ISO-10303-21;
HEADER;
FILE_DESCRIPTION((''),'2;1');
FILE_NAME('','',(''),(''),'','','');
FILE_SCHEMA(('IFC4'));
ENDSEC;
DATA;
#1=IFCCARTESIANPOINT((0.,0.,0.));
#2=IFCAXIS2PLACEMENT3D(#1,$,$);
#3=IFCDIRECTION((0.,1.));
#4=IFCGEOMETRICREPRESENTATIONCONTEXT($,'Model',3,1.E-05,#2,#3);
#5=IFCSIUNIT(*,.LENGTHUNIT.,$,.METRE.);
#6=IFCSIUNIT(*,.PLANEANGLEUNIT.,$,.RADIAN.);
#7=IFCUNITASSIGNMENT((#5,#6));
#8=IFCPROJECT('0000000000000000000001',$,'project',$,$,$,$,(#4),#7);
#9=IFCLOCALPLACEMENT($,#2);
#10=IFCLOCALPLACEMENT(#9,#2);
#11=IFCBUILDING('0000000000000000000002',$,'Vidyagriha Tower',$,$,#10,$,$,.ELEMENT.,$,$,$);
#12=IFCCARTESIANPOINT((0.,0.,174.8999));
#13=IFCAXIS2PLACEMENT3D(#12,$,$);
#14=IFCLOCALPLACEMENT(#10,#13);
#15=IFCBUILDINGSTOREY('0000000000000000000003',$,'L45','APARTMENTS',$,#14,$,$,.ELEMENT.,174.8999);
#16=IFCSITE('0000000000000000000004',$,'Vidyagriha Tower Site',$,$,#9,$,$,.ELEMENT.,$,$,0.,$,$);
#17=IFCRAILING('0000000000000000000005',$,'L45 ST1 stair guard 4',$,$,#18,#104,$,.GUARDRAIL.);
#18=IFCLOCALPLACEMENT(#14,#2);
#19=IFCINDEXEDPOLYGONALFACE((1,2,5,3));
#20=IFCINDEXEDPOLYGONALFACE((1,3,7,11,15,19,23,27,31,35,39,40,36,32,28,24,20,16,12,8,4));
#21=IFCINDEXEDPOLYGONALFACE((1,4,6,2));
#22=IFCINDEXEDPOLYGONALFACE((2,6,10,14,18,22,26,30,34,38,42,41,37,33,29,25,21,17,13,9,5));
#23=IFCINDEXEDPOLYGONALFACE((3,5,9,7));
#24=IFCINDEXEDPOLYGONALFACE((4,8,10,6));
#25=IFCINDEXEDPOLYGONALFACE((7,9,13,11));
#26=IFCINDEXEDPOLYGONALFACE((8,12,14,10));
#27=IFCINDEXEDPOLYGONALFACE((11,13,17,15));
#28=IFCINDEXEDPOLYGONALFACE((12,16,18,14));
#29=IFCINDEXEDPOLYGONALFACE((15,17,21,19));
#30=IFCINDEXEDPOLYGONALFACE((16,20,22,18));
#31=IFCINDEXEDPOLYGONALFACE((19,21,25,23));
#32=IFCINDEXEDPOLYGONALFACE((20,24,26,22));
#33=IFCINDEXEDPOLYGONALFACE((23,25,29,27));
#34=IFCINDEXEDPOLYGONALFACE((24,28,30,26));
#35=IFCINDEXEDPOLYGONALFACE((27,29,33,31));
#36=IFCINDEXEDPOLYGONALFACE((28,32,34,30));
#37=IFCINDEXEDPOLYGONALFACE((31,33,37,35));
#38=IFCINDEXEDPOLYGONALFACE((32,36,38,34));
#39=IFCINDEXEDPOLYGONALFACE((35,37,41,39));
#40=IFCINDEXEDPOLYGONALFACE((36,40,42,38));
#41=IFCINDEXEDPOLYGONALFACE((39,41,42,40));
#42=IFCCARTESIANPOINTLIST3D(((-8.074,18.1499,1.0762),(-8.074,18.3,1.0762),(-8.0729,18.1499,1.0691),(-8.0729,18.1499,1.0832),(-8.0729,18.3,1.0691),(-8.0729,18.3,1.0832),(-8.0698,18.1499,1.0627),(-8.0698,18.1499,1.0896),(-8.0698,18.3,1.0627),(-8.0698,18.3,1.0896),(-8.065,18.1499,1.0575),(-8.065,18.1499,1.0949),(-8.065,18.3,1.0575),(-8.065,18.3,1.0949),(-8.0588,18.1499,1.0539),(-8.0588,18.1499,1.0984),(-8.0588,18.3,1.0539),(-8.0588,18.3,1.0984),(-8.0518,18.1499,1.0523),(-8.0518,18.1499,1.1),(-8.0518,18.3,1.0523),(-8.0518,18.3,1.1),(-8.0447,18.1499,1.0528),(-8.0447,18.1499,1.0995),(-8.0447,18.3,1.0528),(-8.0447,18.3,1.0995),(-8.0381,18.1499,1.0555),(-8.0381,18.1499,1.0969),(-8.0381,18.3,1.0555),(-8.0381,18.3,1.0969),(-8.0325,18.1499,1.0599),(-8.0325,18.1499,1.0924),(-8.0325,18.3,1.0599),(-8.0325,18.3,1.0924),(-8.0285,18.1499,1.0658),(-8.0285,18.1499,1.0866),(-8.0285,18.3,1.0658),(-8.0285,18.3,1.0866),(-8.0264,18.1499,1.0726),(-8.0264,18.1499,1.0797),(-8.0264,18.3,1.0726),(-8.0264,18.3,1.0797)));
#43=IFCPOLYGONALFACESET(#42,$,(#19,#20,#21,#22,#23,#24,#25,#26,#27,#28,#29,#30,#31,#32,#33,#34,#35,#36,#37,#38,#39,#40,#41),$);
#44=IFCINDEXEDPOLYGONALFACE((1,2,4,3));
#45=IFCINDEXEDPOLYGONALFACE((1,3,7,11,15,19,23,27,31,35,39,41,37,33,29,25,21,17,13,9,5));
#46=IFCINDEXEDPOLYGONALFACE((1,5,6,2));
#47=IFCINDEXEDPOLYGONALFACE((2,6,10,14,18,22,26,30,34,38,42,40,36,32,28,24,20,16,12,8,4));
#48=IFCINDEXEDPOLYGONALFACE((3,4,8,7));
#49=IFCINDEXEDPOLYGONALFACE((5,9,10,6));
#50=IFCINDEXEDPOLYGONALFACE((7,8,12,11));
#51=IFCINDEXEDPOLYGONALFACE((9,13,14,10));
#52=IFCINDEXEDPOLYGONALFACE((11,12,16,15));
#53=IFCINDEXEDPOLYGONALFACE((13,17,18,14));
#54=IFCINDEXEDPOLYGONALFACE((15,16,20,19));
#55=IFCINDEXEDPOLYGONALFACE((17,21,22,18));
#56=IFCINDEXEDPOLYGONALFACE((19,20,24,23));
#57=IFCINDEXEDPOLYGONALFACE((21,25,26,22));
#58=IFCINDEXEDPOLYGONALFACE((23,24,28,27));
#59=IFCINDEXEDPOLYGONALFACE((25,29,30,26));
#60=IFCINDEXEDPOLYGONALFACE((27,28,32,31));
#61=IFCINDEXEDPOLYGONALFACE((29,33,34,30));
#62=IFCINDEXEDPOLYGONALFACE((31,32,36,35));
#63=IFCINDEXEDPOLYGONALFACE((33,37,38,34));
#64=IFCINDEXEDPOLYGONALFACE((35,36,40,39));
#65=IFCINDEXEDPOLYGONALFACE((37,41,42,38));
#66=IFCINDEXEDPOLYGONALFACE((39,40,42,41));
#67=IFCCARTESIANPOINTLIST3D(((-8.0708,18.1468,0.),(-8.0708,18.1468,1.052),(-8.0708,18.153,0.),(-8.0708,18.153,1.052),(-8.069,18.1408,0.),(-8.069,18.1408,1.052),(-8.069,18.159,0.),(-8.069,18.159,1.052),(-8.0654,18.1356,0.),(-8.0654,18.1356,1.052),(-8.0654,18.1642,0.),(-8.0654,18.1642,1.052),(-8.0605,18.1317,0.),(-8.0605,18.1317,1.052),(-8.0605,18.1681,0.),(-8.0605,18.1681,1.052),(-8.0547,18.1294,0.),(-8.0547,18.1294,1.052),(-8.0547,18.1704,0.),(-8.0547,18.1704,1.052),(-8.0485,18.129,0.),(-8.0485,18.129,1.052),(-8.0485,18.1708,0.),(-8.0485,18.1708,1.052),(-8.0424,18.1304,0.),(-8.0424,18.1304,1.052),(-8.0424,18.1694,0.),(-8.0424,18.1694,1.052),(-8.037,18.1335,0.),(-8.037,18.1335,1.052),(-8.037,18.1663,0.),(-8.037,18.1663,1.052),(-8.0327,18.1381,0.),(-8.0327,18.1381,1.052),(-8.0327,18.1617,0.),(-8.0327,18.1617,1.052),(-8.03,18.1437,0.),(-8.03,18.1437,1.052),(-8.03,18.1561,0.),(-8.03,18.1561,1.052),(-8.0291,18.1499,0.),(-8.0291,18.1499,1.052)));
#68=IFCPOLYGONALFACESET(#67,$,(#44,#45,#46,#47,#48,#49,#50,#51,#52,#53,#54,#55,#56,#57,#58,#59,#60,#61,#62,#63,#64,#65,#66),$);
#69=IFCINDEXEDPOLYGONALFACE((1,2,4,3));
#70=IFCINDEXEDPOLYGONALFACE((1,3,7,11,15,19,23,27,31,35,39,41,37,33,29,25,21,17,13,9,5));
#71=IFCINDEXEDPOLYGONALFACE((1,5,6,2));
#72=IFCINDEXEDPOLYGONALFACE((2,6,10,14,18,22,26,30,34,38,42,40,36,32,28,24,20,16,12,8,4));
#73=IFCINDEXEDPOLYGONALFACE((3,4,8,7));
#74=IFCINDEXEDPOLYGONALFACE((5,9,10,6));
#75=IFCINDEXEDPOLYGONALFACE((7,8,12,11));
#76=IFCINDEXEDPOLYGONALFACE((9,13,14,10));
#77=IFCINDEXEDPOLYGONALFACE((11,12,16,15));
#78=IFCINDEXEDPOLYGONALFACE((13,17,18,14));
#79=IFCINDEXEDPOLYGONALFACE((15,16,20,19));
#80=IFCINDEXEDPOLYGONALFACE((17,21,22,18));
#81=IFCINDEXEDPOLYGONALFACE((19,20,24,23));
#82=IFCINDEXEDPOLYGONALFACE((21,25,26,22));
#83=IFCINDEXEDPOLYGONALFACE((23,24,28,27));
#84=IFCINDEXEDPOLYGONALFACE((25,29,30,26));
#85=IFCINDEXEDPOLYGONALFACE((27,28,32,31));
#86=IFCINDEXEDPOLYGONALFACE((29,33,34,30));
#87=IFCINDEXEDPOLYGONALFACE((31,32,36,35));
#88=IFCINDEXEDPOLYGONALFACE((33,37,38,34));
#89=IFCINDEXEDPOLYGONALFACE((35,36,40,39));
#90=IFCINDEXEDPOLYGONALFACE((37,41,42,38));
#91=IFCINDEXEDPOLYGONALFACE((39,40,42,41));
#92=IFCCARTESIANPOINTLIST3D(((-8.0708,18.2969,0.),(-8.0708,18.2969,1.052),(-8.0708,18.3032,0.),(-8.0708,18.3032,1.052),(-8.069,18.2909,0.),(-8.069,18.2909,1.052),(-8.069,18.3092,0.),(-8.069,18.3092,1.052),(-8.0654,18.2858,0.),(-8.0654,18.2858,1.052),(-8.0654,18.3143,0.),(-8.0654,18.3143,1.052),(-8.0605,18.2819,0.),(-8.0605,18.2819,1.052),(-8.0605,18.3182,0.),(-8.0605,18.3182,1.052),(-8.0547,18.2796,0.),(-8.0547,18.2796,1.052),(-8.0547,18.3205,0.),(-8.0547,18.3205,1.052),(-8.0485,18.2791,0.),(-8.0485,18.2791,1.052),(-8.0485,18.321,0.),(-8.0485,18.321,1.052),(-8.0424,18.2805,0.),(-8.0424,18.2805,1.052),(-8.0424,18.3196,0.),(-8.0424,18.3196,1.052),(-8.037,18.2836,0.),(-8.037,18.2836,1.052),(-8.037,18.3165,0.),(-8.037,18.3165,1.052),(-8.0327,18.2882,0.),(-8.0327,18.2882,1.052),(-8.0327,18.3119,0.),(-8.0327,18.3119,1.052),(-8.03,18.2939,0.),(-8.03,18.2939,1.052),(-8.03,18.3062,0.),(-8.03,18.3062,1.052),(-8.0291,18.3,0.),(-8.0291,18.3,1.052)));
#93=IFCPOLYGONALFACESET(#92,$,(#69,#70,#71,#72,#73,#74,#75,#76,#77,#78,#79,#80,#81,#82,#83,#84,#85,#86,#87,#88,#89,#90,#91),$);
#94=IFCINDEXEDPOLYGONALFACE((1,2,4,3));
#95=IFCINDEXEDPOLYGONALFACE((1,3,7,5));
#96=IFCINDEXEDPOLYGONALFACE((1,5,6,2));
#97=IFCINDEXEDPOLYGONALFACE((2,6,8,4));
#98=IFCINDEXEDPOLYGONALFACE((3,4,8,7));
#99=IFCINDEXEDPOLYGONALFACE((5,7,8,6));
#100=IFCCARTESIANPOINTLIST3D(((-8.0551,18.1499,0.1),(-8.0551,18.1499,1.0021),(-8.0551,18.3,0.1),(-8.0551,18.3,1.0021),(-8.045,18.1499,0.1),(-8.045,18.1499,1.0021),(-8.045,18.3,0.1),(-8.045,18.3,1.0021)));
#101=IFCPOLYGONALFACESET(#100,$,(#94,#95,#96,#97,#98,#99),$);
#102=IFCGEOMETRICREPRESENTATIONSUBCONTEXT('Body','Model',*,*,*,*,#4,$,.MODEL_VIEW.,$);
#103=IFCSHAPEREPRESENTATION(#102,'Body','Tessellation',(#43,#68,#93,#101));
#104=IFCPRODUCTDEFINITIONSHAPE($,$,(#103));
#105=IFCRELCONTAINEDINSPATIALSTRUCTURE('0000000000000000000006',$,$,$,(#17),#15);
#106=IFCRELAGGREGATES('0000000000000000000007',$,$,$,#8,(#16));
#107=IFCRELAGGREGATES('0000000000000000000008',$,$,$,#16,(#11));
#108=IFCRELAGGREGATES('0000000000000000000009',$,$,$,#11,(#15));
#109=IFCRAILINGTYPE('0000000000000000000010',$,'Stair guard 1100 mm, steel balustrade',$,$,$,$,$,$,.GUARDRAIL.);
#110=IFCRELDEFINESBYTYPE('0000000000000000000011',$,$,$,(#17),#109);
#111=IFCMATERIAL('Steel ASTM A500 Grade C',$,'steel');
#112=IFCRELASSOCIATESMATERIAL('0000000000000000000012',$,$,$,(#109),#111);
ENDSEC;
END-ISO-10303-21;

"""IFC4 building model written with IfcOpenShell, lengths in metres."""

from ifc_helpers import new_model, si_unit, direction, frame, origin, origin_2d, place, context, subcontext, project, spatial, rectangle, circle, extrude, material, type_object, element, save


model = new_model("IFC4")

# Units and contexts
model_context = context("Model", 3, precision=1e-05, world=origin(), true_north=direction((0.0, 1.0)))
body_context = subcontext(model_context, "Body", "Model", "MODEL_VIEW")
ifc_project = project(units=[si_unit("LENGTHUNIT", "METRE"), si_unit("PLANEANGLEUNIT", "RADIAN")], contexts=[model_context])

# Site, building, storey
site_placement = place(None, origin())
site = spatial("IfcSite", under=ifc_project, at=site_placement, Name="Vidyagriha Tower Site", CompositionType="ELEMENT", RefElevation=0.0)
building_placement = place(site_placement, origin())
building = spatial("IfcBuilding", under=site, at=building_placement, Name="Vidyagriha Tower", CompositionType="ELEMENT")
storey_placement = place(building_placement, frame((0.0, 0.0, 174.8999)))
storey = spatial("IfcBuildingStorey", under=building, at=storey_placement, Name="L45", Description="APARTMENTS", CompositionType="ELEMENT", Elevation=174.8999)

# Railing
ifc_material_1 = material(Name="Steel ASTM A500 Grade C", Category="steel")
railing_type_1 = type_object("IfcRailingType", Name="Stair guard 1100 mm, steel balustrade", PredefinedType="GUARDRAIL", material=ifc_material_1)
railing_1_placement = place(storey_placement, frame((-8.05, 18.1499, 0.0)))
element("IfcRailing", 1, at=railing_1_placement, inside=storey, type_object=railing_type_1, Name="L45 ST1 stair guard 4", PredefinedType="GUARDRAIL", context=body_context, shape_type="SweptSolid", body=[
    extrude(circle(Radius=0.0239, at=origin_2d()), frame((0.0, 0.0, 1.0762), z_axis=(0.0, 1.0, 0.0), x_axis=(-1.0, 0.0, 0.0)), (0.0, 0.0, 1.0), 0.1501),
    extrude(circle(Radius=0.021, at=origin_2d()), origin(), (0.0, 0.0, 1.0), 1.052),
    extrude(circle(Radius=0.021, at=origin_2d()), frame((0.0, 0.1501, 0.0)), (0.0, 0.0, 1.0), 1.052),
    extrude(rectangle(XDim=0.01, YDim=0.9021, at=origin_2d()), frame((0.0, 0.0, 0.551), z_axis=(0.0, 1.0, 0.0), x_axis=(-1.0, 0.0, 0.0)), (0.0, 0.0, 1.0), 0.1501),
])

save(model, "model.ifc")
